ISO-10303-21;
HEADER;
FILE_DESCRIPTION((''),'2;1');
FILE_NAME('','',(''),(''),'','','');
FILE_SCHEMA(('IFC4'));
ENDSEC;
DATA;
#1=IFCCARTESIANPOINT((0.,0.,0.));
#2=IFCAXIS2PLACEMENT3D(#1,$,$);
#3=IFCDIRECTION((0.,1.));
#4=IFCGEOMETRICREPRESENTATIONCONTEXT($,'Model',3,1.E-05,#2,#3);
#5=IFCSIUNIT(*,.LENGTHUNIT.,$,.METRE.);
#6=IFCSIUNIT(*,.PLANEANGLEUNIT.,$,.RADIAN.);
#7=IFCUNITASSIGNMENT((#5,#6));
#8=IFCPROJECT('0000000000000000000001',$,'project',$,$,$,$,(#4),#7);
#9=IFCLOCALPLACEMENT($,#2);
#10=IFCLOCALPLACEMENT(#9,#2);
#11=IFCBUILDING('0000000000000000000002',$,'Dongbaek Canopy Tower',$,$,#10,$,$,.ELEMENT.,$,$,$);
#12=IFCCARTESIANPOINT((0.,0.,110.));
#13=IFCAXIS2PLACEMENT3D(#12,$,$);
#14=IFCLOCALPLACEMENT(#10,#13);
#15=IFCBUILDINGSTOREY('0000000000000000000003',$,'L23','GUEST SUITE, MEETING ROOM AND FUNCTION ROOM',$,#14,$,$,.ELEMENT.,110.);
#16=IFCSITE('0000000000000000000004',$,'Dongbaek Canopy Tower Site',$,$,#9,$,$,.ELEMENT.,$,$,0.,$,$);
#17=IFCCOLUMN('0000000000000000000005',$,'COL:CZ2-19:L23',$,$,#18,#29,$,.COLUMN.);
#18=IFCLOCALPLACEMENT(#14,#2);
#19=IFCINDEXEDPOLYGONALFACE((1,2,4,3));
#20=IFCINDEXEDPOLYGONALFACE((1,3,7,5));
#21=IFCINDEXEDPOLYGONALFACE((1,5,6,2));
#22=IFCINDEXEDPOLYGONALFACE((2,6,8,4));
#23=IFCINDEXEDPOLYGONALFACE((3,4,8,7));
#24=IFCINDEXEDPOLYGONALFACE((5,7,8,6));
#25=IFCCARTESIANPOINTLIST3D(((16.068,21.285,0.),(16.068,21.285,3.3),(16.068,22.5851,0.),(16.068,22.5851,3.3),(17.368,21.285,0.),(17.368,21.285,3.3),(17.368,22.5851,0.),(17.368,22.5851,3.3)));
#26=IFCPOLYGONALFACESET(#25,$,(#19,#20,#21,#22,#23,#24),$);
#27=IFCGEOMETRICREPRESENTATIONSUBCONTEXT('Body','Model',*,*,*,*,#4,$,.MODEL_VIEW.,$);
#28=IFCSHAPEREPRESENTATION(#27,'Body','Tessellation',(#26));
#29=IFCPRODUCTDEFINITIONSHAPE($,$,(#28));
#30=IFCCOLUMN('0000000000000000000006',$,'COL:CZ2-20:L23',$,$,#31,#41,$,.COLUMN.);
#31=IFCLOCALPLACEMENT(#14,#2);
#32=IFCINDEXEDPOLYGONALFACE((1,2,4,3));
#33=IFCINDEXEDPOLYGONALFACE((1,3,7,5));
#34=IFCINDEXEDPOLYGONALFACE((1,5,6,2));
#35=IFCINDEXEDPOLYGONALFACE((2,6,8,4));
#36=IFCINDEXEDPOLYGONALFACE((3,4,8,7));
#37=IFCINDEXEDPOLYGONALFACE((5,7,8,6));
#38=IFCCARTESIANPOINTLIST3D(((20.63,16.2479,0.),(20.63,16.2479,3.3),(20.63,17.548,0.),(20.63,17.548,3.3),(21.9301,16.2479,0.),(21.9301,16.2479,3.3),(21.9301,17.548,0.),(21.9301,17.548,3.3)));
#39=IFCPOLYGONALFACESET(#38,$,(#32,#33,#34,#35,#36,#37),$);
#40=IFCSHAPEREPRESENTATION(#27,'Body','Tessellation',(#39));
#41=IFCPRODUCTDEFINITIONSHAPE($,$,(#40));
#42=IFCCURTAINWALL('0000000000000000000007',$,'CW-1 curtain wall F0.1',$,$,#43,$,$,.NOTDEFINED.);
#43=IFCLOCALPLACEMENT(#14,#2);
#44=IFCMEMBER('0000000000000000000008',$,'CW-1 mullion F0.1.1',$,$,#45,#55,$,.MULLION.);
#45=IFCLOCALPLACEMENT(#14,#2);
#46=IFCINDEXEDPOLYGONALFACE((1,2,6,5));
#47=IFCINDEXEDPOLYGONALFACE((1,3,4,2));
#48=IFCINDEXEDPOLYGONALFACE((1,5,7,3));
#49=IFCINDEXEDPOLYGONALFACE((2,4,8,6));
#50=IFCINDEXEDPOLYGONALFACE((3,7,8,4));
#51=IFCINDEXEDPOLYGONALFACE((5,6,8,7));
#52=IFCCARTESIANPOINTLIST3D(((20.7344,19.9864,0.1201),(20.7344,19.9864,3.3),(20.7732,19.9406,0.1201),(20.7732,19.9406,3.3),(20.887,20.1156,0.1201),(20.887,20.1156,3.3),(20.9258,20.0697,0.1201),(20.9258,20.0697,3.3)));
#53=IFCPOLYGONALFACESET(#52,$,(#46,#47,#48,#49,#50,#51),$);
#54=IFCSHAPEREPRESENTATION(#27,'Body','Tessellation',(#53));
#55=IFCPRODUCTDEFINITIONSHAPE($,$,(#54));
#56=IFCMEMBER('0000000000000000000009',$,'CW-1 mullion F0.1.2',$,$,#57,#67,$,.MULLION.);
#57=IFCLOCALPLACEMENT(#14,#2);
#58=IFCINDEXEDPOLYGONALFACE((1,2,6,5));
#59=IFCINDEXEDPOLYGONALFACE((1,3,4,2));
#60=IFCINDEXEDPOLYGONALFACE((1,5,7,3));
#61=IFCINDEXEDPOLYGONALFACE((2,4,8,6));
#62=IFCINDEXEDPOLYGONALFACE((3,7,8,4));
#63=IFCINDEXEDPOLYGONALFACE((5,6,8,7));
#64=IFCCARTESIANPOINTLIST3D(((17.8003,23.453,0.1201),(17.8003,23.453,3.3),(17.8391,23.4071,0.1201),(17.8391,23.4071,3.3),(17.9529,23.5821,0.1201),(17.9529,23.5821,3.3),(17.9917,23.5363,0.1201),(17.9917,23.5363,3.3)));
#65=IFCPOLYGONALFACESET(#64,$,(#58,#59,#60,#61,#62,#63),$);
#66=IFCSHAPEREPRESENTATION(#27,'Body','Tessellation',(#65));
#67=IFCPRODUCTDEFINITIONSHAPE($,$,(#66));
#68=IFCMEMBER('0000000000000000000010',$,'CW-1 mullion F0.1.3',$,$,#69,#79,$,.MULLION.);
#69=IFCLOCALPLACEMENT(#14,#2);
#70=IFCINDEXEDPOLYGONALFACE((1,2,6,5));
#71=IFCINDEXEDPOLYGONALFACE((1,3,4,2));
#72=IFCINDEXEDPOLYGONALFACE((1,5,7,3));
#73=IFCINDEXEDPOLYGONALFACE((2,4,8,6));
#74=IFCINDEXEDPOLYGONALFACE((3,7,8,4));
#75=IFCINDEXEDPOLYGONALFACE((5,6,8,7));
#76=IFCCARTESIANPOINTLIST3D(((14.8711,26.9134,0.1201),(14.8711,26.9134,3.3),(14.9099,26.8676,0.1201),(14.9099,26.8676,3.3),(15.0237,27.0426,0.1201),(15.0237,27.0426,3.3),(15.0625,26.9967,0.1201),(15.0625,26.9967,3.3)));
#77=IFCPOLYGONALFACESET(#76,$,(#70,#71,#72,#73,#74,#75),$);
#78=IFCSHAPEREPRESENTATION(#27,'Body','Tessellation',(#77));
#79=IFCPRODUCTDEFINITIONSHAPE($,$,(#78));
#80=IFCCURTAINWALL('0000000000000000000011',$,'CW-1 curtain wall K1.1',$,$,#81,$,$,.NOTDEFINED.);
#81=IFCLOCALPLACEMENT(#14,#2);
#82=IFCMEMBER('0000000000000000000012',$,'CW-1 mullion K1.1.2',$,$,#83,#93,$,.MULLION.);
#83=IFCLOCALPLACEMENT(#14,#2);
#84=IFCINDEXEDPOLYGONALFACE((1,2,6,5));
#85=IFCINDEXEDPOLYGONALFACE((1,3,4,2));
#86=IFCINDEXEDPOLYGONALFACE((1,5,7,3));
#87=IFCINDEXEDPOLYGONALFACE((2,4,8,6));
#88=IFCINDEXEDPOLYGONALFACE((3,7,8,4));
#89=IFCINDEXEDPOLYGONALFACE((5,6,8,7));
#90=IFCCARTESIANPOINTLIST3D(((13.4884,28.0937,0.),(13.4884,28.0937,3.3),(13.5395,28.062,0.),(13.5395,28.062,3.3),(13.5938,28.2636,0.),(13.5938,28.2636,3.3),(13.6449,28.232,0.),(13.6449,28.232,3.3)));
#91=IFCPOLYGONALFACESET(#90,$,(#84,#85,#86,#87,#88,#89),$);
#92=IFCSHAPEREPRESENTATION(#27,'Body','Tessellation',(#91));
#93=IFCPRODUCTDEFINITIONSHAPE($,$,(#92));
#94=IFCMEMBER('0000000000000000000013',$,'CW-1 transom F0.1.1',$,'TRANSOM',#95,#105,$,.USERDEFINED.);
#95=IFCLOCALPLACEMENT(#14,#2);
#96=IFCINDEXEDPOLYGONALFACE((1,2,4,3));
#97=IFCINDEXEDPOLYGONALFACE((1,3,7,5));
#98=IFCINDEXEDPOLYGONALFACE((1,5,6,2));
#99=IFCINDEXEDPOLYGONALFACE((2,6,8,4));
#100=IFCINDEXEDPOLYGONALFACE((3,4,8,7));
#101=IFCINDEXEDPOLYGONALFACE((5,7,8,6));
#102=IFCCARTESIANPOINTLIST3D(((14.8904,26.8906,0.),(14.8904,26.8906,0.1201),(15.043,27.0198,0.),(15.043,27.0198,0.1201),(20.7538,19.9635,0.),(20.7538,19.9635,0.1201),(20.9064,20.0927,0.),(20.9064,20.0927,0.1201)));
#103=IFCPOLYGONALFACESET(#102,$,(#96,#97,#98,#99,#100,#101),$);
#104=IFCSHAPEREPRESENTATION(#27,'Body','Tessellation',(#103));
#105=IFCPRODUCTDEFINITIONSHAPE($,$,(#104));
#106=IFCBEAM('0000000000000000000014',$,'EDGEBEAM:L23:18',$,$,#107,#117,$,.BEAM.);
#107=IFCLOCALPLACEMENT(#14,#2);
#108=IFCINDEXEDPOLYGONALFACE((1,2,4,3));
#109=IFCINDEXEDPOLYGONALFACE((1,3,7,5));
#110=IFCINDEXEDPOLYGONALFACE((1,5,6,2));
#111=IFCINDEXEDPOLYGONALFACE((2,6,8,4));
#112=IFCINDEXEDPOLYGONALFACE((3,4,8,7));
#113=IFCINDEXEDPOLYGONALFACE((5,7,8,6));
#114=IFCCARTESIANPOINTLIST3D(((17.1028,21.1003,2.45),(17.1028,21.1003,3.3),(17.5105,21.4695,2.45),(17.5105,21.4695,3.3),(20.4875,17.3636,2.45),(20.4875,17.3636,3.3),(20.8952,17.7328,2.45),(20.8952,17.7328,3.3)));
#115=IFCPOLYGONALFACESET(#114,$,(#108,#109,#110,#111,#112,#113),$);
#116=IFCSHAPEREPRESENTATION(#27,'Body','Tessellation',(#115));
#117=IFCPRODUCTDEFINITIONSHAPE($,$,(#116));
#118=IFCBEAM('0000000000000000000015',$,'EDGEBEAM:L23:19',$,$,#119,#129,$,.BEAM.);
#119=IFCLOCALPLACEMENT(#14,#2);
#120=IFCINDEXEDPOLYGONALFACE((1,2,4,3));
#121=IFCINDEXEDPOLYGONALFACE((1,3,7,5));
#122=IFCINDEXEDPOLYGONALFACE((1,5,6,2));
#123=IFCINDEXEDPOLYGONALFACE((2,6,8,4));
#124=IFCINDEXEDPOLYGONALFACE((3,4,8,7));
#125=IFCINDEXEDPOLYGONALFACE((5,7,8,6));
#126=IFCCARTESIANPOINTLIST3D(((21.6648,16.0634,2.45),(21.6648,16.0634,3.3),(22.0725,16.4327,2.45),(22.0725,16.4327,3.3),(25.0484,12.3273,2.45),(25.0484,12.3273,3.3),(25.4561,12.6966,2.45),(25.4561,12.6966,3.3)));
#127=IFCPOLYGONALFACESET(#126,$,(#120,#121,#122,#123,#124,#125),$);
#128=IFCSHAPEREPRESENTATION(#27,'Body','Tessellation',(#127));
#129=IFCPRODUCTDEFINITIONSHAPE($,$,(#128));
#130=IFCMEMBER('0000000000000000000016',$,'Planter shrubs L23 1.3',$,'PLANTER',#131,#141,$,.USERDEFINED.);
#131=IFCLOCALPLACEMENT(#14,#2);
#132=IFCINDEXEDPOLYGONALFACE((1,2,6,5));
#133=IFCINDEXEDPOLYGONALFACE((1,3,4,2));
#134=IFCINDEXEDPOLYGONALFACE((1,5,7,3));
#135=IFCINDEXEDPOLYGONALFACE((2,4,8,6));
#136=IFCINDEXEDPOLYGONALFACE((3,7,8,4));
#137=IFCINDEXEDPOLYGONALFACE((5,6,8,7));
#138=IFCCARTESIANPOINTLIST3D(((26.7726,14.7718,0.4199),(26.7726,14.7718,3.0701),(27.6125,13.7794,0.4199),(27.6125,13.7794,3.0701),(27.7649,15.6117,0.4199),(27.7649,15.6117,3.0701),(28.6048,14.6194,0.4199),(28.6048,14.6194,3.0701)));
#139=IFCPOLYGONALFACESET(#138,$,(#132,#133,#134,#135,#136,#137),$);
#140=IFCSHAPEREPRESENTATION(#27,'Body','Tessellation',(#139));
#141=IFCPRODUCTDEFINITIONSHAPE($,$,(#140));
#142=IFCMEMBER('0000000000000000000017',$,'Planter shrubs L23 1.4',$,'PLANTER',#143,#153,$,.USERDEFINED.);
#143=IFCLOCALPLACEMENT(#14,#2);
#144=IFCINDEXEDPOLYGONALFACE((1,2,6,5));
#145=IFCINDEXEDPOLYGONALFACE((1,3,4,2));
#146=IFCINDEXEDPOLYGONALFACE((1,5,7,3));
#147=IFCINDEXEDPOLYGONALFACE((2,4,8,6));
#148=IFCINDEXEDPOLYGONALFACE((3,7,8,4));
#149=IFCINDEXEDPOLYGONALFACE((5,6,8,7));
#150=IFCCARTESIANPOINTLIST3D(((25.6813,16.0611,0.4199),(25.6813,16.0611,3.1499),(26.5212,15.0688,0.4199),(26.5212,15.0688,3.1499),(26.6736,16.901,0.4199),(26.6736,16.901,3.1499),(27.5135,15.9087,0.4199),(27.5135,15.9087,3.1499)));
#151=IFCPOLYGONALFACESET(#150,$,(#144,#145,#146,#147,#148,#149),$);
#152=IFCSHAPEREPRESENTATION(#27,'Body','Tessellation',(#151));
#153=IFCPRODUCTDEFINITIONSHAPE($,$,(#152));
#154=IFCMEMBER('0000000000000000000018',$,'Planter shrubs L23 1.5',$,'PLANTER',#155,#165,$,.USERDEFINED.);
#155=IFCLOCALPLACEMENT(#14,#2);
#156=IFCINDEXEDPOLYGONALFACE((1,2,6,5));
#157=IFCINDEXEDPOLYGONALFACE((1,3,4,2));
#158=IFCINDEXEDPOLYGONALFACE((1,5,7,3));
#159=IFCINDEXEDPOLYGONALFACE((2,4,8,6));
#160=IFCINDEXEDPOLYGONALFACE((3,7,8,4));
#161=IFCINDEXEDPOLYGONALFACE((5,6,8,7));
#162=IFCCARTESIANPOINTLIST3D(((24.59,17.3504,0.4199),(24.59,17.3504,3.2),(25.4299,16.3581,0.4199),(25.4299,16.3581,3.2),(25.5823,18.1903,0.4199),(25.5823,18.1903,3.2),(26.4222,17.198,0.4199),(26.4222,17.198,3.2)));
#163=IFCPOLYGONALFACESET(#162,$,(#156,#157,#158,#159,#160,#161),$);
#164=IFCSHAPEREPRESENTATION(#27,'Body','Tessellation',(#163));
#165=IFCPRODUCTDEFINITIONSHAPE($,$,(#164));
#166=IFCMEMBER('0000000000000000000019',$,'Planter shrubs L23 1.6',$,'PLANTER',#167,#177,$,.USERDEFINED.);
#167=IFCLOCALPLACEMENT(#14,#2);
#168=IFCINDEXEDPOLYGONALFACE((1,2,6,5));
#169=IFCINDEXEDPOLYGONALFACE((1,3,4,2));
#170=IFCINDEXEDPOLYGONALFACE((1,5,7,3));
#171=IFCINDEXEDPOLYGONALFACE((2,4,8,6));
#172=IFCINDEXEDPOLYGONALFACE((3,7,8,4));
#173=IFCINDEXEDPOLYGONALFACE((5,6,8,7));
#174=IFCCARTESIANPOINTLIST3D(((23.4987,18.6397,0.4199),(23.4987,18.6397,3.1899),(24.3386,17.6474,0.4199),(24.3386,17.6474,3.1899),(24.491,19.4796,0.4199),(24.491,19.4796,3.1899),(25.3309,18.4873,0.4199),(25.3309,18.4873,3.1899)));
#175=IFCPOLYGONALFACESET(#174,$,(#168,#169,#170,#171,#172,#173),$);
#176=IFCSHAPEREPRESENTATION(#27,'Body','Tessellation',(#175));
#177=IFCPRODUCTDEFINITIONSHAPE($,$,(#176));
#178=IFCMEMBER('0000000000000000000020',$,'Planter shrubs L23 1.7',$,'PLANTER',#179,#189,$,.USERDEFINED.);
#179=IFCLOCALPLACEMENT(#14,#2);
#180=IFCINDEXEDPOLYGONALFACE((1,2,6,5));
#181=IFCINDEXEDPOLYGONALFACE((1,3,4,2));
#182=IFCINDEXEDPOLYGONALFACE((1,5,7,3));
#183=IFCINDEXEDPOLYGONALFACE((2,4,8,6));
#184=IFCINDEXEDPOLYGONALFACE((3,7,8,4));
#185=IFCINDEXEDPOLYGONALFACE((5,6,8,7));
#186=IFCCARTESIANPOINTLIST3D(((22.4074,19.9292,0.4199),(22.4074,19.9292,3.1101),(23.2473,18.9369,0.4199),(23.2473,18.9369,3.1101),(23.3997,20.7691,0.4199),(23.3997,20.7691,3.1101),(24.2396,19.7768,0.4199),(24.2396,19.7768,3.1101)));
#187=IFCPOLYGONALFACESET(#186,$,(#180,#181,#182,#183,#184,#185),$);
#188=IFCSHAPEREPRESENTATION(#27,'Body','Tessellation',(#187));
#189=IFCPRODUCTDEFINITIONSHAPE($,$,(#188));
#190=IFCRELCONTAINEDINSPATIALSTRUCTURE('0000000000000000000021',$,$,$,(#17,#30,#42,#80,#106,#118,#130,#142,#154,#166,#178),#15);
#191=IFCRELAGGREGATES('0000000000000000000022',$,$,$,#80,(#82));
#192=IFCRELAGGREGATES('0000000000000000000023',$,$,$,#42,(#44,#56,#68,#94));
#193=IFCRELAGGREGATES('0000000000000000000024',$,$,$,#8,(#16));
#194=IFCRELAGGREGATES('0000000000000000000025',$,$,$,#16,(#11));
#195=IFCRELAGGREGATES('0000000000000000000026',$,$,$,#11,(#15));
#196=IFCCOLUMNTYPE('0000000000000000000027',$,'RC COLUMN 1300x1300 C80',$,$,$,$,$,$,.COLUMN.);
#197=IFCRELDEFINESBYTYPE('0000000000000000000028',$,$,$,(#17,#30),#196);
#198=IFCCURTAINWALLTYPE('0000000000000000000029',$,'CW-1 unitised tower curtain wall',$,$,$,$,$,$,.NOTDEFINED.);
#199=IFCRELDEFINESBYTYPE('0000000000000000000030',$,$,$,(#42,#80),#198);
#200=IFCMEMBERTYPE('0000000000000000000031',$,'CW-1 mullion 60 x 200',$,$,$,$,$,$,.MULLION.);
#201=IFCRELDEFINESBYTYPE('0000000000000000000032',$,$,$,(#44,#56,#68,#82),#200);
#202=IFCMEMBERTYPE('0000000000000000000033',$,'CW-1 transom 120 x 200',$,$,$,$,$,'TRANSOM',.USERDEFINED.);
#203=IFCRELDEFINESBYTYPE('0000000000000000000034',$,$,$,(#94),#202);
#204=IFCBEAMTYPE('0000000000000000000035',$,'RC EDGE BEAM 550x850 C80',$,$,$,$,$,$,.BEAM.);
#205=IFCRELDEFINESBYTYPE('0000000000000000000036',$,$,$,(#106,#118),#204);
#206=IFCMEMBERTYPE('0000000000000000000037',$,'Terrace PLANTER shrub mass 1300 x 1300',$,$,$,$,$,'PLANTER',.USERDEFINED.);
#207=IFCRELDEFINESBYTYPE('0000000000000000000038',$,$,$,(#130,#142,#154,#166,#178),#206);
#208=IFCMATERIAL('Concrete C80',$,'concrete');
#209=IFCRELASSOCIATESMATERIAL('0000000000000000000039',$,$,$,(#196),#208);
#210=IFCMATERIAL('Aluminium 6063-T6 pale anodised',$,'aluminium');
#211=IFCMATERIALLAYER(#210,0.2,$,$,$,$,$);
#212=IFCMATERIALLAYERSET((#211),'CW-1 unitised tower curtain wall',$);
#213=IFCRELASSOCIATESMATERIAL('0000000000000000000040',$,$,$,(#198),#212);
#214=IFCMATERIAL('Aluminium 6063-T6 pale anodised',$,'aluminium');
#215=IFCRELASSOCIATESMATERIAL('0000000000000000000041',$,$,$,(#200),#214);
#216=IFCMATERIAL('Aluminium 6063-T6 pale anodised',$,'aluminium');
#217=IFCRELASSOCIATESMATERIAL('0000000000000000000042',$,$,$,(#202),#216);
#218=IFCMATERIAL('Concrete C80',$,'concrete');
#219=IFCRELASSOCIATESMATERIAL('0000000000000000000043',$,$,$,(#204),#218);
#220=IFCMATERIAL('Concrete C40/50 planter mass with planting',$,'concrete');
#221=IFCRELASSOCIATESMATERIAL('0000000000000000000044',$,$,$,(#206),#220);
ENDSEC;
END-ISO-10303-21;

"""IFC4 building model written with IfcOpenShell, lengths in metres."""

from ifc_helpers import new_model, si_unit, direction, frame, origin, origin_2d, place, context, subcontext, project, spatial, rectangle, extrude, material, layer, layer_set, material_profile, profile_set, type_object, element, aggregate, save


model = new_model("IFC4")

# Units and contexts
model_context = context("Model", 3, precision=1e-05, world=origin(), true_north=direction((0.0, 1.0)))
body_context = subcontext(model_context, "Body", "Model", "MODEL_VIEW")
ifc_project = project(units=[si_unit("LENGTHUNIT", "METRE"), si_unit("PLANEANGLEUNIT", "RADIAN")], contexts=[model_context])

# Site, building, storey
site_placement = place(None, origin())
site = spatial("IfcSite", under=ifc_project, at=site_placement, Name="Dongbaek Canopy Tower Site", CompositionType="ELEMENT", RefElevation=0.0)
building_placement = place(site_placement, origin())
building = spatial("IfcBuilding", under=site, at=building_placement, Name="Dongbaek Canopy Tower", CompositionType="ELEMENT")
storey_placement = place(building_placement, frame((0.0, 0.0, 110.0)))
storey = spatial("IfcBuildingStorey", under=building, at=storey_placement, Name="L23", Description="GUEST SUITE, MEETING ROOM AND FUNCTION ROOM", CompositionType="ELEMENT", Elevation=110.0)

# Columns
ifc_material_1 = material(Name="Concrete C80", Category="concrete")
ifc_material_profile_1 = material_profile(ifc_material_1, rectangle(XDim=1.3, YDim=1.3, at=origin_2d()), Name="RC COLUMN 1300x1300 C80")
ifc_profile_set_1 = profile_set([ifc_material_profile_1], Name="Concrete C80")
column_type = type_object("IfcColumnType", Name="RC COLUMN 1300x1300 C80", PredefinedType="COLUMN", material=ifc_profile_set_1)
for number, where, z_axis, x_axis, name in (
    (1, (16.718, 21.9351, 0.0), (0.0, 0.0, 1.0), (1.0, 0.0, 0.0), "COL:CZ2-19:L23"),
    (2, (21.28, 16.8979, 0.0), (0.0, 0.0, 1.0), (1.0, 0.0, 0.0), "COL:CZ2-20:L23"),
):
    element("IfcColumn", number, at=place(storey_placement, frame(where, z_axis=z_axis, x_axis=x_axis)), inside=storey, type_object=column_type, Name=name, PredefinedType="COLUMN", context=body_context, shape_type="SweptSolid", body=[
        extrude(rectangle(XDim=1.3, YDim=1.3, at=origin_2d()), origin(), (0.0, 0.0, 1.0), 3.3),
    ])

# Curtain wall, members
ifc_material_2 = material(Name="Aluminium 6063-T6 pale anodised", Category="aluminium")
ifc_layer_1 = layer(ifc_material_2, 0.2)
ifc_layer_set_1 = layer_set([ifc_layer_1], Name="CW-1 unitised tower curtain wall")
curtain_wall_type = type_object("IfcCurtainWallType", Name="CW-1 unitised tower curtain wall", PredefinedType="NOTDEFINED", material=ifc_layer_set_1)
curtain_wall_1_placement = place(storey_placement, origin())
curtain_wall_1 = element("IfcCurtainWall", 3, at=curtain_wall_1_placement, inside=storey, type_object=curtain_wall_type, Name="CW-1 curtain wall F0.1", PredefinedType="NOTDEFINED")
ifc_material_3 = material(Name="Aluminium 6063-T6 pale anodised", Category="aluminium")
ifc_material_profile_2 = material_profile(ifc_material_3, rectangle(XDim=0.2, YDim=0.0601, at=origin_2d()), Name="CW-1 mullion 60 x 200")
ifc_profile_set_2 = profile_set([ifc_material_profile_2], Name="Aluminium 6063-T6 pale anodised")
member_type_1 = type_object("IfcMemberType", Name="CW-1 mullion 60 x 200", PredefinedType="MULLION", material=ifc_profile_set_2)
member_1_placement = place(storey_placement, frame((20.8301, 20.0281, 0.1201), z_axis=(0.0, 0.0, 1.0), x_axis=(0.76329, 0.646056, 0.0)))
member_1 = element("IfcMember", 4, at=member_1_placement, type_object=member_type_1, Name="CW-1 mullion F0.1.1", PredefinedType="MULLION", context=body_context, shape_type="SweptSolid", body=[
    extrude(rectangle(XDim=0.2, YDim=0.0601, at=origin_2d()), origin(), (0.0, 0.0, 1.0), 3.1799),
])
member_2_placement = place(storey_placement, frame((17.896, 23.4946, 0.1201), z_axis=(0.0, 0.0, 1.0), x_axis=(0.76329, 0.646056, 0.0)))
member_2 = element("IfcMember", 5, at=member_2_placement, type_object=member_type_1, Name="CW-1 mullion F0.1.2", PredefinedType="MULLION", context=body_context, shape_type="SweptSolid", body=[
    extrude(rectangle(XDim=0.2, YDim=0.0601, at=origin_2d()), origin(), (0.0, 0.0, 1.0), 3.1799),
])
member_3_placement = place(storey_placement, frame((14.9668, 26.9551, 0.1201), z_axis=(0.0, 0.0, 1.0), x_axis=(0.76329, 0.646056, 0.0)))
member_3 = element("IfcMember", 6, at=member_3_placement, type_object=member_type_1, Name="CW-1 mullion F0.1.3", PredefinedType="MULLION", context=body_context, shape_type="SweptSolid", body=[
    extrude(rectangle(XDim=0.2, YDim=0.0601, at=origin_2d()), origin(), (0.0, 0.0, 1.0), 3.1799),
])

# Curtain wall, member
curtain_wall_2_placement = place(storey_placement, origin())
curtain_wall_2 = element("IfcCurtainWall", 7, at=curtain_wall_2_placement, inside=storey, type_object=curtain_wall_type, Name="CW-1 curtain wall K1.1", PredefinedType="NOTDEFINED")
member_4_placement = place(storey_placement, frame((13.5667, 28.1628, 0.0), z_axis=(0.0, 0.0, 1.0), x_axis=(0.526936, 0.849905, 0.0)))
member_4 = element("IfcMember", 8, at=member_4_placement, type_object=member_type_1, Name="CW-1 mullion K1.1.2", PredefinedType="MULLION", context=body_context, shape_type="SweptSolid", body=[
    extrude(rectangle(XDim=0.2, YDim=0.0601, at=origin_2d()), origin(), (0.0, 0.0, 1.0), 3.3),
])

# Member
ifc_material_4 = material(Name="Aluminium 6063-T6 pale anodised", Category="aluminium")
ifc_material_profile_3 = material_profile(ifc_material_4, rectangle(XDim=0.2, YDim=0.1201, at=origin_2d()), Name="CW-1 transom 120 x 200")
ifc_profile_set_3 = profile_set([ifc_material_profile_3], Name="Aluminium 6063-T6 pale anodised")
member_type_2 = type_object("IfcMemberType", Name="CW-1 transom 120 x 200", ElementType="TRANSOM", PredefinedType="USERDEFINED", material=ifc_profile_set_3)
member_5_placement = place(storey_placement, frame((20.8301, 20.0281, 0.0601), z_axis=(-0.646069, 0.763279, 0.0), x_axis=(-0.763279, -0.646069, 0.0)))
member_5 = element("IfcMember", 9, at=member_5_placement, type_object=member_type_2, Name="CW-1 transom F0.1.1", ObjectType="TRANSOM", PredefinedType="USERDEFINED", context=body_context, shape_type="SweptSolid", body=[
    extrude(rectangle(XDim=0.2, YDim=0.1201, at=origin_2d()), origin(), (0.0, 0.0, 1.0), 9.0754),
])

# Beams
ifc_material_5 = material(Name="Concrete C80", Category="concrete")
ifc_material_profile_4 = material_profile(ifc_material_5, rectangle(XDim=0.55, YDim=0.8501, at=origin_2d()), Name="RC EDGE BEAM 550x850 C80")
ifc_profile_set_4 = profile_set([ifc_material_profile_4], Name="Concrete C80")
beam_type = type_object("IfcBeamType", Name="RC EDGE BEAM 550x850 C80", PredefinedType="BEAM", material=ifc_profile_set_4)
beam_1_placement = place(storey_placement, frame((17.3066, 21.2849, 2.875), z_axis=(0.671332, -0.741157, 0.0), x_axis=(0.741157, 0.671332, 0.0)))
element("IfcBeam", 10, at=beam_1_placement, inside=storey, type_object=beam_type, Name="EDGEBEAM:L23:18", PredefinedType="BEAM", context=body_context, shape_type="SweptSolid", body=[
    extrude(rectangle(XDim=0.55, YDim=0.8501, at=origin_2d()), origin(), (0.0, 0.0, 1.0), 5.0417),
])
beam_2_placement = place(storey_placement, frame((21.8687, 16.248, 2.875), z_axis=(0.671271, -0.741212, 0.0), x_axis=(0.741212, 0.671271, 0.0)))
element("IfcBeam", 11, at=beam_2_placement, inside=storey, type_object=beam_type, Name="EDGEBEAM:L23:19", PredefinedType="BEAM", context=body_context, shape_type="SweptSolid", body=[
    extrude(rectangle(XDim=0.55, YDim=0.8501, at=origin_2d()), origin(), (0.0, 0.0, 1.0), 5.0405),
])

# Members
ifc_material_6 = material(Name="Concrete C40/50 planter mass with planting", Category="concrete")
ifc_material_profile_5 = material_profile(ifc_material_6, rectangle(XDim=1.3, YDim=1.3, at=origin_2d()), Name="Terrace PLANTER shrub mass 1300 x 1300")
ifc_profile_set_5 = profile_set([ifc_material_profile_5], Name="Concrete C40/50 planter mass with planting")
member_type_3 = type_object("IfcMemberType", Name="Terrace PLANTER shrub mass 1300 x 1300", ElementType="PLANTER", PredefinedType="USERDEFINED", material=ifc_profile_set_5)
member_6_placement = place(storey_placement, frame((27.6887, 14.6956, 0.4199), z_axis=(0.0, 0.0, 1.0), x_axis=(0.76329, 0.646056, 0.0)))
element("IfcMember", 12, at=member_6_placement, inside=storey, type_object=member_type_3, Name="Planter shrubs L23 1.3", ObjectType="PLANTER", PredefinedType="USERDEFINED", context=body_context, shape_type="SweptSolid", body=[
    extrude(rectangle(XDim=1.3, YDim=1.3, at=origin_2d()), origin(), (0.0, 0.0, 1.0), 2.6501),
])
member_7_placement = place(storey_placement, frame((26.5974, 15.9849, 0.4199), z_axis=(0.0, 0.0, 1.0), x_axis=(0.76329, 0.646056, 0.0)))
element("IfcMember", 13, at=member_7_placement, inside=storey, type_object=member_type_3, Name="Planter shrubs L23 1.4", ObjectType="PLANTER", PredefinedType="USERDEFINED", context=body_context, shape_type="SweptSolid", body=[
    extrude(rectangle(XDim=1.3, YDim=1.3, at=origin_2d()), origin(), (0.0, 0.0, 1.0), 2.73),
])
member_8_placement = place(storey_placement, frame((25.5061, 17.2742, 0.4199), z_axis=(0.0, 0.0, 1.0), x_axis=(0.76329, 0.646056, 0.0)))
element("IfcMember", 14, at=member_8_placement, inside=storey, type_object=member_type_3, Name="Planter shrubs L23 1.5", ObjectType="PLANTER", PredefinedType="USERDEFINED", context=body_context, shape_type="SweptSolid", body=[
    extrude(rectangle(XDim=1.3, YDim=1.3, at=origin_2d()), origin(), (0.0, 0.0, 1.0), 2.78),
])
member_9_placement = place(storey_placement, frame((24.4148, 18.5635, 0.4199), z_axis=(0.0, 0.0, 1.0), x_axis=(0.76329, 0.646056, 0.0)))
element("IfcMember", 15, at=member_9_placement, inside=storey, type_object=member_type_3, Name="Planter shrubs L23 1.6", ObjectType="PLANTER", PredefinedType="USERDEFINED", context=body_context, shape_type="SweptSolid", body=[
    extrude(rectangle(XDim=1.3, YDim=1.3, at=origin_2d()), origin(), (0.0, 0.0, 1.0), 2.77),
])
member_10_placement = place(storey_placement, frame((23.3235, 19.853, 0.4199), z_axis=(0.0, 0.0, 1.0), x_axis=(0.76329, 0.646056, 0.0)))
element("IfcMember", 16, at=member_10_placement, inside=storey, type_object=member_type_3, Name="Planter shrubs L23 1.7", ObjectType="PLANTER", PredefinedType="USERDEFINED", context=body_context, shape_type="SweptSolid", body=[
    extrude(rectangle(XDim=1.3, YDim=1.3, at=origin_2d()), origin(), (0.0, 0.0, 1.0), 2.6902),
])

aggregate(curtain_wall_2, [member_4])

aggregate(curtain_wall_1, [member_1, member_2, member_3, member_5])

save(model, "model.ifc")
